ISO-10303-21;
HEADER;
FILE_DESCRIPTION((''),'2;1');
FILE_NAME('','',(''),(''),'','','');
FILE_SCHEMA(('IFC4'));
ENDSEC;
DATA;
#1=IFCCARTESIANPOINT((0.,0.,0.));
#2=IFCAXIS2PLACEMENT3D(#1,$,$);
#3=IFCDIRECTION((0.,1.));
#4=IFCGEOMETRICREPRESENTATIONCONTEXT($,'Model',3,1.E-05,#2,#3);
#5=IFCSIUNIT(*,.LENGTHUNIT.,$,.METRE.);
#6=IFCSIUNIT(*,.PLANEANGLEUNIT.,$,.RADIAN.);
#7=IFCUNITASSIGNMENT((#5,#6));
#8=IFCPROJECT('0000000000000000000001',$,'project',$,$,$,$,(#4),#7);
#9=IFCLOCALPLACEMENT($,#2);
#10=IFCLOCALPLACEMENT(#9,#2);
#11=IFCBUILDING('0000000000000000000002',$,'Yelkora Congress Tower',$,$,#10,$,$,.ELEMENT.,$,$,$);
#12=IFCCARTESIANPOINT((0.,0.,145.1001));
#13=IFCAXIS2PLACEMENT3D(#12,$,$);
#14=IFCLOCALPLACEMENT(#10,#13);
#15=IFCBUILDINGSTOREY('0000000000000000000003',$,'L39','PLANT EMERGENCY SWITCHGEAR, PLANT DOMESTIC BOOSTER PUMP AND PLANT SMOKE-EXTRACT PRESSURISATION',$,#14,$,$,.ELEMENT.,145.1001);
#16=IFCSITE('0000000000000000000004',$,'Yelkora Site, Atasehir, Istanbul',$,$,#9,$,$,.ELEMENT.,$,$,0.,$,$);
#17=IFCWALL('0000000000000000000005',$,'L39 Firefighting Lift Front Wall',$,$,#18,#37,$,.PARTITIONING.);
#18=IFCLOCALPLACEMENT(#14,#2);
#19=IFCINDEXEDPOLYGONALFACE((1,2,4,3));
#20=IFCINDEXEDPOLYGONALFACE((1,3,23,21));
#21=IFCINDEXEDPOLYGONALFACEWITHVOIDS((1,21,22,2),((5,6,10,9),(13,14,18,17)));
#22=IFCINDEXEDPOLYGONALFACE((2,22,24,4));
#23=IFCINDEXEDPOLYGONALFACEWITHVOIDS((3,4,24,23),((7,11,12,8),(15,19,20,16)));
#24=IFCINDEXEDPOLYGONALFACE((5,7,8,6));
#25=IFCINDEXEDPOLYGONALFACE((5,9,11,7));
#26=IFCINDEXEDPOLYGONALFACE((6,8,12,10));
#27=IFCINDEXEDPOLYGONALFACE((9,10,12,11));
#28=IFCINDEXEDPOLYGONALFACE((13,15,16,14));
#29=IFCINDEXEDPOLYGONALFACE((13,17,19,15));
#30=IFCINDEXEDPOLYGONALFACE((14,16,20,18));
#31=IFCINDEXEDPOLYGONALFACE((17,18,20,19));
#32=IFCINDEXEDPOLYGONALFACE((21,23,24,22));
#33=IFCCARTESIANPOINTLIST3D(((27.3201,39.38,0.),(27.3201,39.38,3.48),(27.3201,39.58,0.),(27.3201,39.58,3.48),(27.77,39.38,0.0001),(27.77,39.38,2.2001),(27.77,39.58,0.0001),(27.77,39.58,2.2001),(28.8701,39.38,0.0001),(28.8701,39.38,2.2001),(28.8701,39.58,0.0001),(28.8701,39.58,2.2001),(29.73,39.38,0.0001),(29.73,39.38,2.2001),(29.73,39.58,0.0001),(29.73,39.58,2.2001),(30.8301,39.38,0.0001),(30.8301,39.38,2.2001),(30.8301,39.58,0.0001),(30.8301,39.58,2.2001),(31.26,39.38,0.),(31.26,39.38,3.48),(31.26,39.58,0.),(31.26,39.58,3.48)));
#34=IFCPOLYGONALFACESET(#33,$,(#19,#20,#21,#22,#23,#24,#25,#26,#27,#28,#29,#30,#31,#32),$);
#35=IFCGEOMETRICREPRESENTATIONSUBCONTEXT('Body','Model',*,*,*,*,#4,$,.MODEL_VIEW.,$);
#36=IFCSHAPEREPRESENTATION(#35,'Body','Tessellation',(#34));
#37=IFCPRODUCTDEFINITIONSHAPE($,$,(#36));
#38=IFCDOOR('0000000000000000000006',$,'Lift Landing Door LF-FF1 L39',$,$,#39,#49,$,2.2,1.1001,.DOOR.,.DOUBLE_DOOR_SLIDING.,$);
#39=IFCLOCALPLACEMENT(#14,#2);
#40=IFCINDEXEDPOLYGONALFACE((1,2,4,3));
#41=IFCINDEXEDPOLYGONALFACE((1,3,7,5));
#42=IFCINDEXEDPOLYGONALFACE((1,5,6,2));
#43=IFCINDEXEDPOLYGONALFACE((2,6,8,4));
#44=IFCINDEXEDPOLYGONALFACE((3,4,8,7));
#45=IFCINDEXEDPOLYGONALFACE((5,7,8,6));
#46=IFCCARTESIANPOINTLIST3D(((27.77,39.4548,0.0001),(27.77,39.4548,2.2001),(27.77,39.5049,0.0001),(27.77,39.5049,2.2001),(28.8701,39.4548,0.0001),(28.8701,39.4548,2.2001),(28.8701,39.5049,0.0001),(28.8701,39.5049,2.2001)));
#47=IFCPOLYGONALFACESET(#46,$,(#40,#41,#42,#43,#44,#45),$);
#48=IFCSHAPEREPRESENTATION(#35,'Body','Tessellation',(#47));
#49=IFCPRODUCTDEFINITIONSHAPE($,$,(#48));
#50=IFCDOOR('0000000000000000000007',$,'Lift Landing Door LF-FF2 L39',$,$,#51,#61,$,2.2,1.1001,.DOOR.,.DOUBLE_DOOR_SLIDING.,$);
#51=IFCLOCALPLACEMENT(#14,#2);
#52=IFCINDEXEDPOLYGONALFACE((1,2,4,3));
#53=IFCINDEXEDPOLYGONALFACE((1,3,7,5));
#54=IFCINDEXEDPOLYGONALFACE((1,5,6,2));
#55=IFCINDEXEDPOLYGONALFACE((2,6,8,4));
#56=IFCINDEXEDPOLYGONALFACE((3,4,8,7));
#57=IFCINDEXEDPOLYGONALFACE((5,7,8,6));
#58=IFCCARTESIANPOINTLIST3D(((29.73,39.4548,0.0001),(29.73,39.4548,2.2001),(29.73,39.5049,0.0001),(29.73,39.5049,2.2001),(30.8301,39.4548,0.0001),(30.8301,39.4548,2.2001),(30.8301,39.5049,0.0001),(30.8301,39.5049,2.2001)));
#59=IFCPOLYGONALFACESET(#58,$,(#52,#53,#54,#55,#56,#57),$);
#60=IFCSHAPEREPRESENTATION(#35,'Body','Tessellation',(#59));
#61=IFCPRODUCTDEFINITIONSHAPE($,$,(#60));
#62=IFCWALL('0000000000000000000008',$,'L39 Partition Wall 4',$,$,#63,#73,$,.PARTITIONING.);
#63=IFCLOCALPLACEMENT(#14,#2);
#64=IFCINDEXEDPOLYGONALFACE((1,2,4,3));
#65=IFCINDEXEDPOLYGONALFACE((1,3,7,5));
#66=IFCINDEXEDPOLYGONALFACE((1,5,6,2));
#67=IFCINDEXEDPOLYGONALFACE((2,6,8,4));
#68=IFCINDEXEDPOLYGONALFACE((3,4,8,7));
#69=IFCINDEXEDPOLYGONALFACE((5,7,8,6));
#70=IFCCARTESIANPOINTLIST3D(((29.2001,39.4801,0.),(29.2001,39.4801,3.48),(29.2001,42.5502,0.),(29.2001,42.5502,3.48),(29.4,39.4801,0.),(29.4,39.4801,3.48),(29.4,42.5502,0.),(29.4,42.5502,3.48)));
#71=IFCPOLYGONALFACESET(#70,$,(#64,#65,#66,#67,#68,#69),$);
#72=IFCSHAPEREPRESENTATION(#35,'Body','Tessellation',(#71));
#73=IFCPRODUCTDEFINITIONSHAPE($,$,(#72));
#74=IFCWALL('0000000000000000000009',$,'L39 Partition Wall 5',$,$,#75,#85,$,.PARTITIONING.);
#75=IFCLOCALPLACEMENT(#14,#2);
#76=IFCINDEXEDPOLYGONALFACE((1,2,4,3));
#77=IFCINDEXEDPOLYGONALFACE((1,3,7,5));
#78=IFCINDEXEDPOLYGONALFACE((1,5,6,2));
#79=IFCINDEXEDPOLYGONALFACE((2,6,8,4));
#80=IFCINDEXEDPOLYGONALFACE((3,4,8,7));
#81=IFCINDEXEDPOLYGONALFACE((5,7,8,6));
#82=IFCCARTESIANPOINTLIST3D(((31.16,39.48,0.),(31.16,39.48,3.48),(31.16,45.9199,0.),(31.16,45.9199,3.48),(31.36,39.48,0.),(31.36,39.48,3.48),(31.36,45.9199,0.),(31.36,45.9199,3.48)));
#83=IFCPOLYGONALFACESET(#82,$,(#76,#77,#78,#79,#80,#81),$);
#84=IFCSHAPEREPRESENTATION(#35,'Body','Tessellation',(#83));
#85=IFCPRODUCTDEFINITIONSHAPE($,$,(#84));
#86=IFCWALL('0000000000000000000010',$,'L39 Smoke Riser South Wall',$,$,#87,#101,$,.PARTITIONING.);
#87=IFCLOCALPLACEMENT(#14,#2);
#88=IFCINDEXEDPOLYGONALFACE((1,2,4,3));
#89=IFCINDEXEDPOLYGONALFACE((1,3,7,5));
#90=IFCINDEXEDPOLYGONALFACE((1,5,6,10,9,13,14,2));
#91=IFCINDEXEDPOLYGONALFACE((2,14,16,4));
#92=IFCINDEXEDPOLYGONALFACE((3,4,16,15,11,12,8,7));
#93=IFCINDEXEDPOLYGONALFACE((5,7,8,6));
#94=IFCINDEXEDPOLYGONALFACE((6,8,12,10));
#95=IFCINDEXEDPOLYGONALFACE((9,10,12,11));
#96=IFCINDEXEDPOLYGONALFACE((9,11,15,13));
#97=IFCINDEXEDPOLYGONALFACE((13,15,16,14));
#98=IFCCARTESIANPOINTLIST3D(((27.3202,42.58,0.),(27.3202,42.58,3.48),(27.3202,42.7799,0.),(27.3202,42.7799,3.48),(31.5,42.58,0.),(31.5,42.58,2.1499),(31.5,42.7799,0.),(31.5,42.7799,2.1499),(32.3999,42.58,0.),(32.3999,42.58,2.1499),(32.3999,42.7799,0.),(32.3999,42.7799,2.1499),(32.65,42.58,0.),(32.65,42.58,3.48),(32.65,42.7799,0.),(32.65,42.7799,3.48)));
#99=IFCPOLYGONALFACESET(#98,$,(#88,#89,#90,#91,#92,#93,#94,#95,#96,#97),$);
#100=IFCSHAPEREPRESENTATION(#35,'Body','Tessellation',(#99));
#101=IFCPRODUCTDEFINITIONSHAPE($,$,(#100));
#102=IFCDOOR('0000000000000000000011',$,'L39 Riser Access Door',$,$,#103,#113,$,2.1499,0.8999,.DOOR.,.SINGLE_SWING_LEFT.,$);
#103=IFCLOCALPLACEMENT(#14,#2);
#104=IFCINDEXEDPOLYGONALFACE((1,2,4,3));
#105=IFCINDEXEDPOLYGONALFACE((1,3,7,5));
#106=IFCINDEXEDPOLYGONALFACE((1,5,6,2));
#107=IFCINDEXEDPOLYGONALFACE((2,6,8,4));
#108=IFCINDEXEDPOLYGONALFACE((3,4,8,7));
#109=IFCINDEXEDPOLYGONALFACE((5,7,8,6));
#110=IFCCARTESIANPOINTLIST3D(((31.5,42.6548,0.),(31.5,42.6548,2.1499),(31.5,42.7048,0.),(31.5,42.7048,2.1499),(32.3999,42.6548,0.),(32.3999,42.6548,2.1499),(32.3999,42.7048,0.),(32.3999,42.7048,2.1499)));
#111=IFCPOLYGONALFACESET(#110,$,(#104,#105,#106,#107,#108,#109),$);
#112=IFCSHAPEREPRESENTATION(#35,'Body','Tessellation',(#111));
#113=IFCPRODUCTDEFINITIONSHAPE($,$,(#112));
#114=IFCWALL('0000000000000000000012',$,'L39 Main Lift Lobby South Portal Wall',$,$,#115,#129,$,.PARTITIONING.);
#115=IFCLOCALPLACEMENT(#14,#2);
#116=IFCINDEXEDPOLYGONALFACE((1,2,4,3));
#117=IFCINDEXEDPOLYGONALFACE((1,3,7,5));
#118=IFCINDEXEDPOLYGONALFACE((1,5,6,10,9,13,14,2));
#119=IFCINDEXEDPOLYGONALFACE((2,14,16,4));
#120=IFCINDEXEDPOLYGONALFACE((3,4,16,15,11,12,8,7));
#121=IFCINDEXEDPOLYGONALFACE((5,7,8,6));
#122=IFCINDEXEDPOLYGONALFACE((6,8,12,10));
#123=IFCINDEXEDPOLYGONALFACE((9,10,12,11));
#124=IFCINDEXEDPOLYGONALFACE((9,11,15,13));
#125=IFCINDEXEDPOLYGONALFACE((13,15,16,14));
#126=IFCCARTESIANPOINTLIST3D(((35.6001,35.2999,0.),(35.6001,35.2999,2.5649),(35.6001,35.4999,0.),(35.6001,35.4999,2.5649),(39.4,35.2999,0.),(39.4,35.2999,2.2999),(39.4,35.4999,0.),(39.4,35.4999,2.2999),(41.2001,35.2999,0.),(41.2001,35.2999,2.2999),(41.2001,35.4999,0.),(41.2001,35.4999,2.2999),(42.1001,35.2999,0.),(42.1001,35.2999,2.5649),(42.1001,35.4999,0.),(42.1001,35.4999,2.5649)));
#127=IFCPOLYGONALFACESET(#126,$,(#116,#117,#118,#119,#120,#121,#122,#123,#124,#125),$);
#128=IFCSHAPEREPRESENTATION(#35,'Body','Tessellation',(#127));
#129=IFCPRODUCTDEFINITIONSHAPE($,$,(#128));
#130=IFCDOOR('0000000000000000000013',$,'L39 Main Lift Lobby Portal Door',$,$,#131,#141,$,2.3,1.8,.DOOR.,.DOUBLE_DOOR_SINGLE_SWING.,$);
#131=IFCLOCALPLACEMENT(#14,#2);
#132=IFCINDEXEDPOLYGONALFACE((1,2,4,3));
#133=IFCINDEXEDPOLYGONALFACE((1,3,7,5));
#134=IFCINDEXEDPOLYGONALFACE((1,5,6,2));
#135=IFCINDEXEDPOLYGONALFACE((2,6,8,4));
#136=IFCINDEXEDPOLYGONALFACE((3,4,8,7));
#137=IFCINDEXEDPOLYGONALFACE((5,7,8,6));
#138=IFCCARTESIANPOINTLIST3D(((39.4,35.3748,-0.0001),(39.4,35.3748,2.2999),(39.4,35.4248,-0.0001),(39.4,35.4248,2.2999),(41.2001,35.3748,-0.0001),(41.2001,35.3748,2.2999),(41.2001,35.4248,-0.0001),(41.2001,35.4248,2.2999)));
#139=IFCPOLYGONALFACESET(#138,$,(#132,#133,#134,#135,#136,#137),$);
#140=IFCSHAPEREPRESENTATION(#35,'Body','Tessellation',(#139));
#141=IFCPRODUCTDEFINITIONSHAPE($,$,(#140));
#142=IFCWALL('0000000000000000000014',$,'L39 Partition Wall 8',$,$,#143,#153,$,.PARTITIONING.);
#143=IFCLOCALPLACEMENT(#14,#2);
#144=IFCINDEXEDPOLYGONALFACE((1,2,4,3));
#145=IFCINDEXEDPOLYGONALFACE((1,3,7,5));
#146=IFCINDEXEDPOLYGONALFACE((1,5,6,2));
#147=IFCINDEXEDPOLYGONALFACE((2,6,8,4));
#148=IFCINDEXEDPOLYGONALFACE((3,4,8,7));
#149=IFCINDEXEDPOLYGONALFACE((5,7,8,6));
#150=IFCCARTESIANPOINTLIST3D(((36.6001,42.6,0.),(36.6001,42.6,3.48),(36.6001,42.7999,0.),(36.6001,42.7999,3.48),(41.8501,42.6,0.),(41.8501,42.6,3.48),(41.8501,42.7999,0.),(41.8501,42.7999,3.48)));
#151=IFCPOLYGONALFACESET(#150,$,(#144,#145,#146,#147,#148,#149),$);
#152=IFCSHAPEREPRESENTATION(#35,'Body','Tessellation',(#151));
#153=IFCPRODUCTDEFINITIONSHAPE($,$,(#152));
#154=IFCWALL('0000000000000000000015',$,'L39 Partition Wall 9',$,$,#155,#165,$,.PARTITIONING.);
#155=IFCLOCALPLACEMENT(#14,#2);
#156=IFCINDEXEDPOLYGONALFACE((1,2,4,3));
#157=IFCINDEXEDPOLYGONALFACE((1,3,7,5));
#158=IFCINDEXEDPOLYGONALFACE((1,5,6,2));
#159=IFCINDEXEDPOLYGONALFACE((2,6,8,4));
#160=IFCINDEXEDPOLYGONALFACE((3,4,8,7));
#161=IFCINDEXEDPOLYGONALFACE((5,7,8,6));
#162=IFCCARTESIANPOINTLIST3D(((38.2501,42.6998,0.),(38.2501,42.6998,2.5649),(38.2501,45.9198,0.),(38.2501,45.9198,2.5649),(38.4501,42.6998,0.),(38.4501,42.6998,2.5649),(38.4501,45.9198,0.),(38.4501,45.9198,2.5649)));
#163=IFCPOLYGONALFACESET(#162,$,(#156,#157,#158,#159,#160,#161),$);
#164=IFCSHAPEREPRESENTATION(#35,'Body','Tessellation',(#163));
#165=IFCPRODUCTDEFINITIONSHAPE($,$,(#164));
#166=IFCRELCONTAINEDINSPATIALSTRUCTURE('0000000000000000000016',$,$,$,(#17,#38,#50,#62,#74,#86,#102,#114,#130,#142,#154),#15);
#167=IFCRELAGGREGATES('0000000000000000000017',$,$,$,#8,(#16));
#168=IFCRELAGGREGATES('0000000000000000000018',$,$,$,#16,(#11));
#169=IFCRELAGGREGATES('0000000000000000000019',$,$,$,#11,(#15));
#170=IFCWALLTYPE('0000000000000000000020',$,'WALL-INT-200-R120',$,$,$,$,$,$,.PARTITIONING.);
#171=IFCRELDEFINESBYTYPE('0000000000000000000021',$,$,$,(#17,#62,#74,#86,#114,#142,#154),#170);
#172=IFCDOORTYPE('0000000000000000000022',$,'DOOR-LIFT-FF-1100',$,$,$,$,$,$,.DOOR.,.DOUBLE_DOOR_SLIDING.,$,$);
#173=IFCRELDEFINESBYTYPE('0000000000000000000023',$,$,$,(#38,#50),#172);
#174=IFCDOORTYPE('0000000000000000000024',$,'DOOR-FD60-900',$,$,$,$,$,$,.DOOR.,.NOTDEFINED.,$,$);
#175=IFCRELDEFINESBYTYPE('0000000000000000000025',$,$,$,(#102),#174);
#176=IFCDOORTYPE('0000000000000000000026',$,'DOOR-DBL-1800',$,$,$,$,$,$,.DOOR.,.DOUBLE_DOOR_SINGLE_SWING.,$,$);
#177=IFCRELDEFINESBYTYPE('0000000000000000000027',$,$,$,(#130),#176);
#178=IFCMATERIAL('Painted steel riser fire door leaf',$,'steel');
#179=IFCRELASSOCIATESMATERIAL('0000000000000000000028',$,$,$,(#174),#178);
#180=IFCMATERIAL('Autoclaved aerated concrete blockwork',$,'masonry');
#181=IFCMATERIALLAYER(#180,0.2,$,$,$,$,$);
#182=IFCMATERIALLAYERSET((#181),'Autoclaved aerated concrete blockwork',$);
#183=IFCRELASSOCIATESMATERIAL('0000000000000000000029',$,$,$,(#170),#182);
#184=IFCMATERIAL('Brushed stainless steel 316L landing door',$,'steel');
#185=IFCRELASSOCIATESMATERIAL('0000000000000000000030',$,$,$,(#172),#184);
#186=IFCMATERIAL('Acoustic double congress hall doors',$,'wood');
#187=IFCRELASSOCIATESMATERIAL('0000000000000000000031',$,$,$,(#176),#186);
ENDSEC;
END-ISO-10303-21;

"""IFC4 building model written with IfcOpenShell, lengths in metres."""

from ifc_helpers import new_model, si_unit, direction, frame, frame_2d, origin, place, context, subcontext, project, spatial, rectangle, extrude, material, layer, layer_set, type_object, element, fill, save


model = new_model("IFC4")

# Units and contexts
model_context = context("Model", 3, precision=1e-05, world=origin(), true_north=direction((0.0, 1.0)))
body_context = subcontext(model_context, "Body", "Model", "MODEL_VIEW")
ifc_project = project(units=[si_unit("LENGTHUNIT", "METRE"), si_unit("PLANEANGLEUNIT", "RADIAN")], contexts=[model_context])

# Site, building, storey
site_placement = place(None, origin())
site = spatial("IfcSite", under=ifc_project, at=site_placement, Name="Yelkora Site, Atasehir, Istanbul", CompositionType="ELEMENT", RefElevation=0.0)
building_placement = place(site_placement, origin())
building = spatial("IfcBuilding", under=site, at=building_placement, Name="Yelkora Congress Tower", CompositionType="ELEMENT")
storey_placement = place(building_placement, frame((0.0, 0.0, 145.1001)))
storey = spatial("IfcBuildingStorey", under=building, at=storey_placement, Name="L39", Description="PLANT EMERGENCY SWITCHGEAR, PLANT DOMESTIC BOOSTER PUMP AND PLANT SMOKE-EXTRACT PRESSURISATION", CompositionType="ELEMENT", Elevation=145.1001)

# Wall, openings, doors
ifc_material_1 = material(Name="Painted steel riser fire door leaf", Category="steel")
door_type_1 = type_object("IfcDoorType", Name="DOOR-FD60-900", OperationType="NOTDEFINED", PredefinedType="DOOR", material=ifc_material_1)
ifc_material_2 = material(Name="Autoclaved aerated concrete blockwork", Category="masonry")
ifc_layer_1 = layer(ifc_material_2, 0.2)
ifc_layer_set_1 = layer_set([ifc_layer_1], Name="Autoclaved aerated concrete blockwork")
wall_type_1 = type_object("IfcWallType", Name="WALL-INT-200-R120", PredefinedType="PARTITIONING", material=ifc_layer_set_1)
wall_1_placement = place(storey_placement, frame((27.3201, 39.48, 0.0), z_axis=(0.0, 0.0, 1.0), x_axis=(1.0, 0.0, 0.0)))
wall_1 = element("IfcWall", 1, at=wall_1_placement, inside=storey, type_object=wall_type_1, Name="L39 Firefighting Lift Front Wall", PredefinedType="PARTITIONING", context=body_context, shape_type="SweptSolid", body=[
    extrude(rectangle(XDim=3.9399, YDim=0.2, at=frame_2d((1.97, 0.0))), origin(), (0.0, 0.0, 1.0), 3.48),
])
opening_1_placement = place(wall_1_placement, frame((0.45, 0.0, 0.0)))
opening_1 = element("IfcOpeningElement", 2, at=opening_1_placement, cuts=wall_1, PredefinedType="OPENING", context=body_context, shape_type="SweptSolid", body=[
    extrude(rectangle(XDim=1.1001, YDim=2.2, at=frame_2d((0.55, 1.1001))), frame((0.0, 0.1099, 0.0), z_axis=(0.0, -1.0, 0.0), x_axis=(1.0, 0.0, 0.0)), (0.0, 0.0, 1.0), 0.22),
])
opening_2_placement = place(wall_1_placement, frame((2.4099, 0.0, 0.0)))
opening_2 = element("IfcOpeningElement", 3, at=opening_2_placement, cuts=wall_1, PredefinedType="OPENING", context=body_context, shape_type="SweptSolid", body=[
    extrude(rectangle(XDim=1.1001, YDim=2.2, at=frame_2d((0.55, 1.1001))), frame((0.0, 0.1099, 0.0), z_axis=(0.0, -1.0, 0.0), x_axis=(1.0, 0.0, 0.0)), (0.0, 0.0, 1.0), 0.22),
])
ifc_material_3 = material(Name="Brushed stainless steel 316L landing door", Category="steel")
door_type_2 = type_object("IfcDoorType", Name="DOOR-LIFT-FF-1100", OperationType="DOUBLE_DOOR_SLIDING", PredefinedType="DOOR", material=ifc_material_3)
door_1_placement = place(opening_1_placement, origin())
door_1 = element("IfcDoor", 4, at=door_1_placement, inside=storey, type_object=door_type_2, Name="Lift Landing Door LF-FF1 L39", OperationType="DOUBLE_DOOR_SLIDING", OverallHeight=2.2, OverallWidth=1.1001, PredefinedType="DOOR", context=body_context, shape_type="SweptSolid", body=[
    extrude(rectangle(XDim=1.1001, YDim=2.2, at=frame_2d((0.55, 1.1001))), frame((0.0, 0.0249, 0.0), z_axis=(0.0, -1.0, 0.0), x_axis=(1.0, 0.0, 0.0)), (0.0, 0.0, 1.0), 0.05),
])
fill(opening_1, door_1)
door_2_placement = place(opening_2_placement, origin())
door_2 = element("IfcDoor", 5, at=door_2_placement, inside=storey, type_object=door_type_2, Name="Lift Landing Door LF-FF2 L39", OperationType="DOUBLE_DOOR_SLIDING", OverallHeight=2.2, OverallWidth=1.1001, PredefinedType="DOOR", context=body_context, shape_type="SweptSolid", body=[
    extrude(rectangle(XDim=1.1001, YDim=2.2, at=frame_2d((0.55, 1.1001))), frame((0.0, 0.0249, 0.0), z_axis=(0.0, -1.0, 0.0), x_axis=(1.0, 0.0, 0.0)), (0.0, 0.0, 1.0), 0.05),
])
fill(opening_2, door_2)

# Walls
wall_2_placement = place(storey_placement, frame((29.3, 39.48, 0.0), z_axis=(0.0, 0.0, 1.0), x_axis=(0.0, 1.0, 0.0)))
element("IfcWall", 6, at=wall_2_placement, inside=storey, type_object=wall_type_1, Name="L39 Partition Wall 4", PredefinedType="PARTITIONING", context=body_context, shape_type="SweptSolid", body=[
    extrude(rectangle(XDim=3.0701, YDim=0.2, at=frame_2d((1.5352, 0.0))), origin(), (0.0, 0.0, 1.0), 3.48),
])
wall_3_placement = place(storey_placement, frame((31.26, 39.48, 0.0), z_axis=(0.0, 0.0, 1.0), x_axis=(0.0, 1.0, 0.0)))
element("IfcWall", 7, at=wall_3_placement, inside=storey, type_object=wall_type_1, Name="L39 Partition Wall 5", PredefinedType="PARTITIONING", context=body_context, shape_type="SweptSolid", body=[
    extrude(rectangle(XDim=6.4399, YDim=0.2, at=frame_2d((3.22, 0.0))), origin(), (0.0, 0.0, 1.0), 3.48),
])

# Walls, openings, doors
wall_4_placement = place(storey_placement, frame((27.3201, 42.6799, 0.0), z_axis=(0.0, 0.0, 1.0), x_axis=(1.0, 0.0, 0.0)))
wall_4 = element("IfcWall", 8, at=wall_4_placement, inside=storey, type_object=wall_type_1, Name="L39 Smoke Riser South Wall", PredefinedType="PARTITIONING", context=body_context, shape_type="SweptSolid", body=[
    extrude(rectangle(XDim=5.3298, YDim=0.2, at=frame_2d((2.665, 0.0))), origin(), (0.0, 0.0, 1.0), 3.48),
])
opening_3_placement = place(wall_4_placement, frame((4.1799, 0.0, 0.0)))
opening_3 = element("IfcOpeningElement", 9, at=opening_3_placement, cuts=wall_4, PredefinedType="OPENING", context=body_context, shape_type="SweptSolid", body=[
    extrude(rectangle(XDim=0.8999, YDim=2.1499, at=frame_2d((0.45, 1.075))), frame((0.0, 0.1099, 0.0), z_axis=(0.0, -1.0, 0.0), x_axis=(1.0, 0.0, 0.0)), (0.0, 0.0, 1.0), 0.22),
])
door_3_placement = place(opening_3_placement, origin())
door_3 = element("IfcDoor", 10, at=door_3_placement, inside=storey, type_object=door_type_1, Name="L39 Riser Access Door", OperationType="SINGLE_SWING_LEFT", OverallHeight=2.1499, OverallWidth=0.8999, PredefinedType="DOOR", context=body_context, shape_type="SweptSolid", body=[
    extrude(rectangle(XDim=0.8999, YDim=2.1499, at=frame_2d((0.45, 1.075))), frame((0.0, 0.0249, 0.0), z_axis=(0.0, -1.0, 0.0), x_axis=(1.0, 0.0, 0.0)), (0.0, 0.0, 1.0), 0.05),
])
fill(opening_3, door_3)
wall_5_placement = place(storey_placement, frame((35.6001, 35.3999, 0.0), z_axis=(0.0, 0.0, 1.0), x_axis=(1.0, 0.0, 0.0)))
wall_5 = element("IfcWall", 11, at=wall_5_placement, inside=storey, type_object=wall_type_1, Name="L39 Main Lift Lobby South Portal Wall", PredefinedType="PARTITIONING", context=body_context, shape_type="SweptSolid", body=[
    extrude(rectangle(XDim=6.5, YDim=0.2, at=frame_2d((3.25, 0.0))), origin(), (0.0, 0.0, 1.0), 2.5649),
])
opening_4_placement = place(wall_5_placement, frame((3.8, 0.0, 0.0)))
opening_4 = element("IfcOpeningElement", 12, at=opening_4_placement, cuts=wall_5, PredefinedType="OPENING", context=body_context, shape_type="SweptSolid", body=[
    extrude(rectangle(XDim=1.8, YDim=2.3, at=frame_2d((0.8999, 1.1499))), frame((0.0, 0.1099, 0.0), z_axis=(0.0, -1.0, 0.0), x_axis=(1.0, 0.0, 0.0)), (0.0, 0.0, 1.0), 0.22),
])
ifc_material_4 = material(Name="Acoustic double congress hall doors", Category="wood")
door_type_3 = type_object("IfcDoorType", Name="DOOR-DBL-1800", OperationType="DOUBLE_DOOR_SINGLE_SWING", PredefinedType="DOOR", material=ifc_material_4)
door_4_placement = place(opening_4_placement, origin())
door_4 = element("IfcDoor", 13, at=door_4_placement, inside=storey, type_object=door_type_3, Name="L39 Main Lift Lobby Portal Door", OperationType="DOUBLE_DOOR_SINGLE_SWING", OverallHeight=2.3, OverallWidth=1.8, PredefinedType="DOOR", context=body_context, shape_type="SweptSolid", body=[
    extrude(rectangle(XDim=1.8, YDim=2.3, at=frame_2d((0.8999, 1.1499))), frame((0.0, 0.0249, 0.0), z_axis=(0.0, -1.0, 0.0), x_axis=(1.0, 0.0, 0.0)), (0.0, 0.0, 1.0), 0.05),
])
fill(opening_4, door_4)

# Walls
wall_6_placement = place(storey_placement, frame((36.6001, 42.7, 0.0), z_axis=(0.0, 0.0, 1.0), x_axis=(1.0, 0.0, 0.0)))
element("IfcWall", 14, at=wall_6_placement, inside=storey, type_object=wall_type_1, Name="L39 Partition Wall 8", PredefinedType="PARTITIONING", context=body_context, shape_type="SweptSolid", body=[
    extrude(rectangle(XDim=5.25, YDim=0.2, at=frame_2d((2.625, 0.0))), origin(), (0.0, 0.0, 1.0), 3.48),
])
wall_7_placement = place(storey_placement, frame((38.3501, 42.7, 0.0), z_axis=(0.0, 0.0, 1.0), x_axis=(0.0, 1.0, 0.0)))
element("IfcWall", 15, at=wall_7_placement, inside=storey, type_object=wall_type_1, Name="L39 Partition Wall 9", PredefinedType="PARTITIONING", context=body_context, shape_type="SweptSolid", body=[
    extrude(rectangle(XDim=3.22, YDim=0.2, at=frame_2d((1.6099, 0.0))), origin(), (0.0, 0.0, 1.0), 2.5649),
])

save(model, "model.ifc")
